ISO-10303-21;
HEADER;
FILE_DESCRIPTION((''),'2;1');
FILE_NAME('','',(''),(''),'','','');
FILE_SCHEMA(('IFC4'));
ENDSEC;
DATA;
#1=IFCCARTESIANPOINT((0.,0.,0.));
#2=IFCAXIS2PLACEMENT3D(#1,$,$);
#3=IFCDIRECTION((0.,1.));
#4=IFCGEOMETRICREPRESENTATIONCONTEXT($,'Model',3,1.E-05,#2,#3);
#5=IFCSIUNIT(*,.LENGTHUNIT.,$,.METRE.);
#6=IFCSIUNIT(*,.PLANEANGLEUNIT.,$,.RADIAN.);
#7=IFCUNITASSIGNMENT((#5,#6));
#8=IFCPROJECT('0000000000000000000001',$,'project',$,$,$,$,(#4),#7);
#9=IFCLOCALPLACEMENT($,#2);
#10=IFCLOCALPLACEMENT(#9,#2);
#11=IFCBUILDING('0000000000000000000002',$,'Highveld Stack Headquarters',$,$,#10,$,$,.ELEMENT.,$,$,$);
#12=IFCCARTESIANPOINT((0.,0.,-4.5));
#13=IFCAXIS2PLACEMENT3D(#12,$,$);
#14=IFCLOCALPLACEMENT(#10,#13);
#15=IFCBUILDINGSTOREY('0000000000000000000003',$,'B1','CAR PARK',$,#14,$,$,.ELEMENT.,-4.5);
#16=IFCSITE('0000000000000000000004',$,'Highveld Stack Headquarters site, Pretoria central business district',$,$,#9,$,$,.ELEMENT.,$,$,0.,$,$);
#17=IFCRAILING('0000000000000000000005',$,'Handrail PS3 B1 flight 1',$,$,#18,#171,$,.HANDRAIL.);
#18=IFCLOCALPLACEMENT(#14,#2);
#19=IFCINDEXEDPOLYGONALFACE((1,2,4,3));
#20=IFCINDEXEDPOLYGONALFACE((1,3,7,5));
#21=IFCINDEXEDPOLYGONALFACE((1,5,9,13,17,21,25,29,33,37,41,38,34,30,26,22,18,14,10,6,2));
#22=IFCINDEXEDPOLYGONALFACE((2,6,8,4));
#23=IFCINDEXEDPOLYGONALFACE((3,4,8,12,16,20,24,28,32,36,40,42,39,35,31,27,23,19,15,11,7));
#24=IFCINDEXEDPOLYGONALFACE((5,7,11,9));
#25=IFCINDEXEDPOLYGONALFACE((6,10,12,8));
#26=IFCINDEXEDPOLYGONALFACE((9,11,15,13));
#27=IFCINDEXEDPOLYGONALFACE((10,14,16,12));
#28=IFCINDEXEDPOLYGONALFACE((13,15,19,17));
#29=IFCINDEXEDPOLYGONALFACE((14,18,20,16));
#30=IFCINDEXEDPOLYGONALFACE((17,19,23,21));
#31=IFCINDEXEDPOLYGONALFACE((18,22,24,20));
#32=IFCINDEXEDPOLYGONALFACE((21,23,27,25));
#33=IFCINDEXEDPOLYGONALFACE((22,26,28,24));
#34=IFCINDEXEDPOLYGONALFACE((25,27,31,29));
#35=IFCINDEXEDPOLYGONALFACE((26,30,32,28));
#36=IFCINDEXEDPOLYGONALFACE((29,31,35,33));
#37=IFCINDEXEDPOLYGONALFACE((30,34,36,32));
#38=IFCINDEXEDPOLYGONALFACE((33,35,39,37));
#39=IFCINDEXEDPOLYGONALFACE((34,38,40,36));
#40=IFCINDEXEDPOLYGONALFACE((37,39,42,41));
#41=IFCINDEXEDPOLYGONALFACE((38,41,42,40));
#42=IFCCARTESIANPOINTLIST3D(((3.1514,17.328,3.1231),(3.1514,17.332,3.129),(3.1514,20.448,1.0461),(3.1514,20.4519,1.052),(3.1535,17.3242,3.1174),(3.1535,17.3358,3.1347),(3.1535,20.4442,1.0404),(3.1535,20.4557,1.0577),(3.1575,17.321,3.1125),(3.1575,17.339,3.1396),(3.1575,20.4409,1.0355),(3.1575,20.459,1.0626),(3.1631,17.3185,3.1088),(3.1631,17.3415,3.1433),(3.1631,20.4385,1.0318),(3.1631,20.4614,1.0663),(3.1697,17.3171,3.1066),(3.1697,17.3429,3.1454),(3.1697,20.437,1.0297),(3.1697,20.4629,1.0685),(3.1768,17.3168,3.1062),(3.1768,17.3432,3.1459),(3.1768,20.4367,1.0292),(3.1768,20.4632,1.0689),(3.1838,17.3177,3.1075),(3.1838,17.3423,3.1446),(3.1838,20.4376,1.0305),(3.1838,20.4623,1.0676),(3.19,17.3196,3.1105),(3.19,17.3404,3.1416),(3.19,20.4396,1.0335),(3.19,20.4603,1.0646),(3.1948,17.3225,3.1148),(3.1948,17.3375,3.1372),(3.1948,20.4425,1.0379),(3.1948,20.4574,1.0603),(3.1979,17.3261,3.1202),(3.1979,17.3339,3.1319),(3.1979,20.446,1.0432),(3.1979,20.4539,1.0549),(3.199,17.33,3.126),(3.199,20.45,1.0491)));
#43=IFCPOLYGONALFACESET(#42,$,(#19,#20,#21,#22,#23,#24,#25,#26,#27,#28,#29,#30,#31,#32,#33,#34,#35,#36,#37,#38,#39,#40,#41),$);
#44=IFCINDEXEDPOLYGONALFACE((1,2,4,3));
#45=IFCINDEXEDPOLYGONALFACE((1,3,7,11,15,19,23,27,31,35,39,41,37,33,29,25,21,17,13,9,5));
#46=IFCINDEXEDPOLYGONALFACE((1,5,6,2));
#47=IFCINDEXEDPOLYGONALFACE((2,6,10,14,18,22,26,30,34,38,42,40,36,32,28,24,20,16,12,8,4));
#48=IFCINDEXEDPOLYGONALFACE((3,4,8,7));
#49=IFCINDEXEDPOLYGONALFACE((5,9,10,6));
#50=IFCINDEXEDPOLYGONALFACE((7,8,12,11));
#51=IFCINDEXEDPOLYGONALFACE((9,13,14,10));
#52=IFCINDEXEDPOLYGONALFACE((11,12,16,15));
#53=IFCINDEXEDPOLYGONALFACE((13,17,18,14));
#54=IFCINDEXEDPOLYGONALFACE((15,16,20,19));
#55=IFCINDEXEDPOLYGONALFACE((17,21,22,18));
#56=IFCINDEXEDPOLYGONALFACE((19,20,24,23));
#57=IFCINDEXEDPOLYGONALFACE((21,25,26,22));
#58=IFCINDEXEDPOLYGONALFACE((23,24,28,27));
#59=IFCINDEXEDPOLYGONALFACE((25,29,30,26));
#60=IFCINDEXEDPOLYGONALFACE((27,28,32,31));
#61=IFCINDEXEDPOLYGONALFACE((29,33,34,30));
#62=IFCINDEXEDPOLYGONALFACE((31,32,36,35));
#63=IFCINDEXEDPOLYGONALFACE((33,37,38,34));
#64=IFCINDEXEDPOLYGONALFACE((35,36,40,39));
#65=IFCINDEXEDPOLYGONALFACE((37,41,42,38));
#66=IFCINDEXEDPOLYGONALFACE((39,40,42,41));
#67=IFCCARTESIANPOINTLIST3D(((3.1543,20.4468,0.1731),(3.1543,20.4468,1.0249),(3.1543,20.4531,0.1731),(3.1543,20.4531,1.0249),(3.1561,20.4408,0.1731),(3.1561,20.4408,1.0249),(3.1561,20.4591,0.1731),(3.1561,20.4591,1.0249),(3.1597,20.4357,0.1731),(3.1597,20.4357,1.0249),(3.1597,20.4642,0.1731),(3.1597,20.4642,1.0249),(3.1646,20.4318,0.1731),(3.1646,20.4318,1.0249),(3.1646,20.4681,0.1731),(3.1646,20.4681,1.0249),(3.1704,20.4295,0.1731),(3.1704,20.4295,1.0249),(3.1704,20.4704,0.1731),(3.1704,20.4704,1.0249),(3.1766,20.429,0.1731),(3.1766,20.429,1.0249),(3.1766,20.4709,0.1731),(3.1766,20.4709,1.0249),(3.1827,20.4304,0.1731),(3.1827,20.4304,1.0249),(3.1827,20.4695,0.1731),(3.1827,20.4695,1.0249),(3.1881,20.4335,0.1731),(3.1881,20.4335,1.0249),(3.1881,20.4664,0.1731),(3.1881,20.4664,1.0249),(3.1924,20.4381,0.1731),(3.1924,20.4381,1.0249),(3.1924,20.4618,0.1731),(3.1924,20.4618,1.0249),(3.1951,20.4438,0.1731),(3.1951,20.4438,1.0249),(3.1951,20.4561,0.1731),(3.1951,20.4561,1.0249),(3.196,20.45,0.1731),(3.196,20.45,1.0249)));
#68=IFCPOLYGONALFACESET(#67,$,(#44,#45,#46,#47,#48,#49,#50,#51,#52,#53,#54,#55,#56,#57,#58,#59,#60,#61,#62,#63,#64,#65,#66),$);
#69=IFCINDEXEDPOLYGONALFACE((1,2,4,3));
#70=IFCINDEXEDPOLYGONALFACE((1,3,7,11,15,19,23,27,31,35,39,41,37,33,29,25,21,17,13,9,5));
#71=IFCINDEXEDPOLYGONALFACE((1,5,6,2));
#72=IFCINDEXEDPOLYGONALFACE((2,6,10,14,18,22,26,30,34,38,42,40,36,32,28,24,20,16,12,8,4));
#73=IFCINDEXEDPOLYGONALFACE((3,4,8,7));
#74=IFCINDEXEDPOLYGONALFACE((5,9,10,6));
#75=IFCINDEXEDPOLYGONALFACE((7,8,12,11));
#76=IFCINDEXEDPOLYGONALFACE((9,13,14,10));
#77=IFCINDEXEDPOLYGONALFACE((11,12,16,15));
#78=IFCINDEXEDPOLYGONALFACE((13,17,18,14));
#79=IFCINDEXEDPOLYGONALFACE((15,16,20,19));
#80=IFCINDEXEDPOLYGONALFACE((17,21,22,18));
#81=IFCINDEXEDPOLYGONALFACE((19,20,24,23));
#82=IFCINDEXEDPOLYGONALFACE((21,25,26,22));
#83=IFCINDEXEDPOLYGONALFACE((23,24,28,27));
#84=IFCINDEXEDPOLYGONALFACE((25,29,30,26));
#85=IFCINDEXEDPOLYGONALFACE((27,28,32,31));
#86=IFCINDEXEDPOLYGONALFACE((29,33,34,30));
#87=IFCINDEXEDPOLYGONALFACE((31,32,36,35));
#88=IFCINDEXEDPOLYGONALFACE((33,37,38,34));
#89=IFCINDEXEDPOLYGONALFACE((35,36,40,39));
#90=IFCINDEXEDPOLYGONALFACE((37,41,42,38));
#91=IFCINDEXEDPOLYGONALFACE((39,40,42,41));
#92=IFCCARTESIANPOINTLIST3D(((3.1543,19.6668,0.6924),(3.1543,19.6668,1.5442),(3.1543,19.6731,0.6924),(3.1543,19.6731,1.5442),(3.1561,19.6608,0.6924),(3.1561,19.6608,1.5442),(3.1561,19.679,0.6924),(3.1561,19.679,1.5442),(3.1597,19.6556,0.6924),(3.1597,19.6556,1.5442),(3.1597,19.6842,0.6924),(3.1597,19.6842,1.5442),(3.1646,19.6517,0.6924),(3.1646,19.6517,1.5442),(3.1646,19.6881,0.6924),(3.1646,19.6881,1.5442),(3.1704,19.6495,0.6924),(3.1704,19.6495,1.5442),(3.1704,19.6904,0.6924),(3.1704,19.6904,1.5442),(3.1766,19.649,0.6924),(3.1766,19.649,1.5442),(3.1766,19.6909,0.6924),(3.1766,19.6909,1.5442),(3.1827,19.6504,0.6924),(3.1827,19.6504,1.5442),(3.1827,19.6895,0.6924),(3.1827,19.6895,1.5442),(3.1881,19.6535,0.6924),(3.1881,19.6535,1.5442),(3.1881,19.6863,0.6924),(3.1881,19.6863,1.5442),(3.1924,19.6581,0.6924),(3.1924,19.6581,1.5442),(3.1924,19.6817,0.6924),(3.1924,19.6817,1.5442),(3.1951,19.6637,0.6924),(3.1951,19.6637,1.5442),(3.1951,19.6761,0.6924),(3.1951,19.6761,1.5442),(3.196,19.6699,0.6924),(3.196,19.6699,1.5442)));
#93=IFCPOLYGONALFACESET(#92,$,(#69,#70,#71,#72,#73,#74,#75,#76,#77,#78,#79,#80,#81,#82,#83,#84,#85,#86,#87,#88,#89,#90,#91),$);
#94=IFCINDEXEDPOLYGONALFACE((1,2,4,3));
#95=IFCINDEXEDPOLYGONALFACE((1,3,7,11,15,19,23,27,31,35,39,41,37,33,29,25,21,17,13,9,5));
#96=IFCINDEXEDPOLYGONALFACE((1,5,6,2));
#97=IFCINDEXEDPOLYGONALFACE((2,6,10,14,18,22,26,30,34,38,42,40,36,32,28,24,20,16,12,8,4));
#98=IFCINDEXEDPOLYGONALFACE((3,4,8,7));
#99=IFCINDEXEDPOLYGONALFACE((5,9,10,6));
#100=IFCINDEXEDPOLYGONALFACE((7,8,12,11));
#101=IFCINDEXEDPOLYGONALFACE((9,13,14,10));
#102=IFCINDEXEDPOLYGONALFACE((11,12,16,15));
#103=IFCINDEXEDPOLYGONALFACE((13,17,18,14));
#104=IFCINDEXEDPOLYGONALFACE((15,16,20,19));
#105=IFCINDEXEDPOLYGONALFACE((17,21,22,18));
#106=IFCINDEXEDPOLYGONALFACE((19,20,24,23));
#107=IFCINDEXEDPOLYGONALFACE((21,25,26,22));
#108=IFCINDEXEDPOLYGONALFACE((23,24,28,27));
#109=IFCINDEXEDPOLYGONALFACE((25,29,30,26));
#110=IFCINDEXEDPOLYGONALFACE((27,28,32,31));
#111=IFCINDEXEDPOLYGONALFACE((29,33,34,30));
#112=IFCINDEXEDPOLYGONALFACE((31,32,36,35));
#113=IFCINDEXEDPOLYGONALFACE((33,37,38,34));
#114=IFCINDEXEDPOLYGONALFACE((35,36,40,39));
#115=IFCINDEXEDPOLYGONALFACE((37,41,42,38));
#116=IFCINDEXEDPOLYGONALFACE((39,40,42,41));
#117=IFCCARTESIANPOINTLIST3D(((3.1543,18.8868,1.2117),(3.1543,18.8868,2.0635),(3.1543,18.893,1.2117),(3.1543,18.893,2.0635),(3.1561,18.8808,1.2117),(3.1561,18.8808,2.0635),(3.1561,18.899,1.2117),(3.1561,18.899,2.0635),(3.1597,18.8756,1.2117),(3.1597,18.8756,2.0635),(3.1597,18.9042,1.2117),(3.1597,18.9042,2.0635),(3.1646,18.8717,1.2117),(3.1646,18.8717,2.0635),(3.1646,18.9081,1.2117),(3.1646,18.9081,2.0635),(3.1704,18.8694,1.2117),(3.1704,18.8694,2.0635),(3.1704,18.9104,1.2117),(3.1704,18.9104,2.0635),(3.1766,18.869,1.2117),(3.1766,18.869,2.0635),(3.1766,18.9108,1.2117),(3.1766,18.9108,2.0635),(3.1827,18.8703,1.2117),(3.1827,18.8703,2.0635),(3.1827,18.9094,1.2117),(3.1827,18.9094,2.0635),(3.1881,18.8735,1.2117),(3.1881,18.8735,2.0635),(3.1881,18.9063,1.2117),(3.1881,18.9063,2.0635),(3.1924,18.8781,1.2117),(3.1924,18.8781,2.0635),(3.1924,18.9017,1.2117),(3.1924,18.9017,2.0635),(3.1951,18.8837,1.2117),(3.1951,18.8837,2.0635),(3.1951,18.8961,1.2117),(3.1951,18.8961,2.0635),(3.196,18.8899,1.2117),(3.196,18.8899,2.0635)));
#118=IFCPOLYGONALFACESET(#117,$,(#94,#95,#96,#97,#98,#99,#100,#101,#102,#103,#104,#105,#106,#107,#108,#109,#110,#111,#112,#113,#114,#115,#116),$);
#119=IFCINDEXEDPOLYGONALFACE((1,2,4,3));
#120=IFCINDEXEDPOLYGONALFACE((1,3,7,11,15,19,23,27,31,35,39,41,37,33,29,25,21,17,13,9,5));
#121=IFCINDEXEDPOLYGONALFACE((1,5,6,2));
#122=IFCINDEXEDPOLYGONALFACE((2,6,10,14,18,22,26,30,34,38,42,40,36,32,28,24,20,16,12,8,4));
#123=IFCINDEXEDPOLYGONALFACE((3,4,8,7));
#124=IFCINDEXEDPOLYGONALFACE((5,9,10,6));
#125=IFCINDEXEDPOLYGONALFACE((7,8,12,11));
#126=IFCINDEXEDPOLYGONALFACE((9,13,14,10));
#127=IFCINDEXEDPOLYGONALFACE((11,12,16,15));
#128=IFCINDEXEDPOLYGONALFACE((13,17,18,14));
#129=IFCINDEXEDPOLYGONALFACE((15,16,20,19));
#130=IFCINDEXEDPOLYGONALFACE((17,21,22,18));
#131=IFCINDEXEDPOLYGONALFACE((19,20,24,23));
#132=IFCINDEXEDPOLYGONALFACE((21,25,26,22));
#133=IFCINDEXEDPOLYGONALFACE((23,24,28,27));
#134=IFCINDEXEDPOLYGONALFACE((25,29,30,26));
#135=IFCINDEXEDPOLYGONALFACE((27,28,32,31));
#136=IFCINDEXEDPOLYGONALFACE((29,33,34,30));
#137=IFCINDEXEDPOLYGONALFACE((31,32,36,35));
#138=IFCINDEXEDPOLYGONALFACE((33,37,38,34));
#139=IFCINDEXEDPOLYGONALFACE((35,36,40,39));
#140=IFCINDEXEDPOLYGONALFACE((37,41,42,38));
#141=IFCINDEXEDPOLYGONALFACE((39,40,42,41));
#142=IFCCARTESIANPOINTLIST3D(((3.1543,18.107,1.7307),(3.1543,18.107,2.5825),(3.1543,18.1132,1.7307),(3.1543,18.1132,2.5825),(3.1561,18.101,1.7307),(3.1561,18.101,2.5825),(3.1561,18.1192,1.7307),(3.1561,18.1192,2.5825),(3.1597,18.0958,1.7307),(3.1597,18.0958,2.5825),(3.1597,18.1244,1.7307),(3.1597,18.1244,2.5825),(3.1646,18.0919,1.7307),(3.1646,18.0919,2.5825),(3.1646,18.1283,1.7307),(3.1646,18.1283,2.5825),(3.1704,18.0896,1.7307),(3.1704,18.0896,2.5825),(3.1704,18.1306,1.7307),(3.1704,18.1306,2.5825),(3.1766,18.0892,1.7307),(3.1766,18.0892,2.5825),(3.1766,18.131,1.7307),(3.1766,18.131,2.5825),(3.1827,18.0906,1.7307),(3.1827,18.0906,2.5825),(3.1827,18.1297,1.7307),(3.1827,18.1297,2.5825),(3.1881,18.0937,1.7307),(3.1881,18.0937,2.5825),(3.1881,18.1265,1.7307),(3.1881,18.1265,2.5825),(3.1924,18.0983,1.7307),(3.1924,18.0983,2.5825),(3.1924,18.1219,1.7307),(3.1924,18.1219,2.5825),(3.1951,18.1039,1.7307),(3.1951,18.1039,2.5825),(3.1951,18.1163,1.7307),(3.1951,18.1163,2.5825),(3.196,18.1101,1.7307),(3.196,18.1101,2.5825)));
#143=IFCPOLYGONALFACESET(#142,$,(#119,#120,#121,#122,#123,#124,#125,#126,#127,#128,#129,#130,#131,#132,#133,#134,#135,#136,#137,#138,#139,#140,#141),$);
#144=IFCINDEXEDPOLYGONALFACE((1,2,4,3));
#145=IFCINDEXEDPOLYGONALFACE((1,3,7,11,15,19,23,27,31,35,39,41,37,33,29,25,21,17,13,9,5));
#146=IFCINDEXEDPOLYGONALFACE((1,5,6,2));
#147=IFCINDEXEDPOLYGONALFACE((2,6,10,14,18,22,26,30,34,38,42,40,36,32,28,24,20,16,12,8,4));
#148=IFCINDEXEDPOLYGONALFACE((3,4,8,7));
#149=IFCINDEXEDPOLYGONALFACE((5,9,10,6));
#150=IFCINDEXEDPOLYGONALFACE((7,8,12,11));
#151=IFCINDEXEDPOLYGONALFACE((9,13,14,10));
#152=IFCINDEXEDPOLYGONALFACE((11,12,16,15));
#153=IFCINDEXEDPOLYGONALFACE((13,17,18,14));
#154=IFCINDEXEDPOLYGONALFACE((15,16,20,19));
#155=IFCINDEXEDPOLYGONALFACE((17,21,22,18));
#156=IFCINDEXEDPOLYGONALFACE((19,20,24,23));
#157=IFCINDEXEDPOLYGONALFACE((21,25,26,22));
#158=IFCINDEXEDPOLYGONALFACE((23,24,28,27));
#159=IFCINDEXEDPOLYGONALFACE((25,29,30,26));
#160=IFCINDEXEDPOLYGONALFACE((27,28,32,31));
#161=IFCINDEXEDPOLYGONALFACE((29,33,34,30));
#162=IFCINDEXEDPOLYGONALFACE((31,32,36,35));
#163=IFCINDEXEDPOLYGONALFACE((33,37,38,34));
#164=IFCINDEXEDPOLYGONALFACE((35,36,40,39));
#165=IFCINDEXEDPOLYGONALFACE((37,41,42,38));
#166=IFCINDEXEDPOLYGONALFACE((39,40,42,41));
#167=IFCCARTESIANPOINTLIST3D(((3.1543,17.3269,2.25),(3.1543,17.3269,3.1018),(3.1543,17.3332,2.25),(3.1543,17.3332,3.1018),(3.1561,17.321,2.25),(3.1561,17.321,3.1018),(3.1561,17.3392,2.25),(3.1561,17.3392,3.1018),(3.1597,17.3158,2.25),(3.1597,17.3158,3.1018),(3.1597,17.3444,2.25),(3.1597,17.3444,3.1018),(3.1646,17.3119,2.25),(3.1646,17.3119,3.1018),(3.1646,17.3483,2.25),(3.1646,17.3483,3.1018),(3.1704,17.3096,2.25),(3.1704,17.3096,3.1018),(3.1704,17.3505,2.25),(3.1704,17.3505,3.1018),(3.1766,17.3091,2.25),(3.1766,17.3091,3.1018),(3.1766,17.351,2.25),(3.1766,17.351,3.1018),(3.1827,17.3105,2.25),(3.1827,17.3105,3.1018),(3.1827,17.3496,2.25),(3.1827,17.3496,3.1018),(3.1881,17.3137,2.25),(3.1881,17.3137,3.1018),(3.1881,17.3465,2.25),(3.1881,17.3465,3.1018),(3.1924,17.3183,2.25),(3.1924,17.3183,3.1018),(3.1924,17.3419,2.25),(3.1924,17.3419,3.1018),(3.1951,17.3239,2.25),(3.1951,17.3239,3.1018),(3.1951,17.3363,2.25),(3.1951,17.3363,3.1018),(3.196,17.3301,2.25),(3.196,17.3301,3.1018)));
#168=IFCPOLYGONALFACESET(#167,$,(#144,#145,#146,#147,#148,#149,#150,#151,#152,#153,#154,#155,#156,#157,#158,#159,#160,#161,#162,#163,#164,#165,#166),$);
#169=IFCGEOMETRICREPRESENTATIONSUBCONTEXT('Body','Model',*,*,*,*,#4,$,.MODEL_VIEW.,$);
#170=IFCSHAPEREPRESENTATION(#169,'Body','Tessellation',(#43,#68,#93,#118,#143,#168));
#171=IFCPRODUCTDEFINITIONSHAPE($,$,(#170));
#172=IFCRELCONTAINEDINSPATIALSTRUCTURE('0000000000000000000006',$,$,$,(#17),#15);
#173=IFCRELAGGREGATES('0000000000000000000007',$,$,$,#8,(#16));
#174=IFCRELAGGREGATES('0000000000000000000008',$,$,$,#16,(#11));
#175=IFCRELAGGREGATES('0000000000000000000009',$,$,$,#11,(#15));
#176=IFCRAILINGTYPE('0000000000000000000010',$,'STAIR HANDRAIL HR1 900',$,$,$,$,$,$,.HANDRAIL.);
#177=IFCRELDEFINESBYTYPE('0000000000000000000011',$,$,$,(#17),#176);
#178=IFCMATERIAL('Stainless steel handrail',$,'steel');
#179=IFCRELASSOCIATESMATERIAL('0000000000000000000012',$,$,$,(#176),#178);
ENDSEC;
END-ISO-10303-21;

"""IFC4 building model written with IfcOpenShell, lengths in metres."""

from ifc_helpers import new_model, si_unit, direction, frame, origin, origin_2d, place, context, subcontext, project, spatial, circle, extrude, material, type_object, element, save


model = new_model("IFC4")

# Units and contexts
model_context = context("Model", 3, precision=1e-05, world=origin(), true_north=direction((0.0, 1.0)))
body_context = subcontext(model_context, "Body", "Model", "MODEL_VIEW")
ifc_project = project(units=[si_unit("LENGTHUNIT", "METRE"), si_unit("PLANEANGLEUNIT", "RADIAN")], contexts=[model_context])

# Site, building, storey
site_placement = place(None, origin())
site = spatial("IfcSite", under=ifc_project, at=site_placement, Name="Highveld Stack Headquarters site, Pretoria central business district", CompositionType="ELEMENT", RefElevation=0.0)
building_placement = place(site_placement, origin())
building = spatial("IfcBuilding", under=site, at=building_placement, Name="Highveld Stack Headquarters", CompositionType="ELEMENT")
storey_placement = place(building_placement, frame((0.0, 0.0, -4.5)))
storey = spatial("IfcBuildingStorey", under=building, at=storey_placement, Name="B1", Description="CAR PARK", CompositionType="ELEMENT", Elevation=-4.5)

# Railing
ifc_material_1 = material(Name="Stainless steel handrail", Category="steel")
railing_type = type_object("IfcRailingType", Name="STAIR HANDRAIL HR1 900", PredefinedType="HANDRAIL", material=ifc_material_1)
for number, where, name in (
    (1, (3.175, 20.45, 0.1731), "Handrail PS3 B1 flight 1"),
):
    element("IfcRailing", number, at=place(storey_placement, frame(where)), inside=storey, type_object=railing_type, Name=name, PredefinedType="HANDRAIL", context=body_context, shape_type="SweptSolid", body=[
        extrude(circle(Radius=0.0239, at=origin_2d()), frame((0.0, 0.0, 0.876), z_axis=(0.0, -0.832421, 0.554144), x_axis=(1.0, 0.0, 0.0)), (0.0, 0.0, 1.0), 3.748),
        extrude(circle(Radius=0.021, at=origin_2d()), origin(), (0.0, 0.0, 1.0), 0.8518),
        extrude(circle(Radius=0.021, at=origin_2d()), frame((0.0, -0.78, 0.5193)), (0.0, 0.0, 1.0), 0.8518),
        extrude(circle(Radius=0.021, at=origin_2d()), frame((0.0, -1.5601, 1.0386)), (0.0, 0.0, 1.0), 0.8518),
        extrude(circle(Radius=0.021, at=origin_2d()), frame((0.0, -2.3398, 1.5576)), (0.0, 0.0, 1.0), 0.8518),
        extrude(circle(Radius=0.021, at=origin_2d()), frame((0.0, -3.1199, 2.0769)), (0.0, 0.0, 1.0), 0.8518),
    ])

save(model, "model.ifc")
